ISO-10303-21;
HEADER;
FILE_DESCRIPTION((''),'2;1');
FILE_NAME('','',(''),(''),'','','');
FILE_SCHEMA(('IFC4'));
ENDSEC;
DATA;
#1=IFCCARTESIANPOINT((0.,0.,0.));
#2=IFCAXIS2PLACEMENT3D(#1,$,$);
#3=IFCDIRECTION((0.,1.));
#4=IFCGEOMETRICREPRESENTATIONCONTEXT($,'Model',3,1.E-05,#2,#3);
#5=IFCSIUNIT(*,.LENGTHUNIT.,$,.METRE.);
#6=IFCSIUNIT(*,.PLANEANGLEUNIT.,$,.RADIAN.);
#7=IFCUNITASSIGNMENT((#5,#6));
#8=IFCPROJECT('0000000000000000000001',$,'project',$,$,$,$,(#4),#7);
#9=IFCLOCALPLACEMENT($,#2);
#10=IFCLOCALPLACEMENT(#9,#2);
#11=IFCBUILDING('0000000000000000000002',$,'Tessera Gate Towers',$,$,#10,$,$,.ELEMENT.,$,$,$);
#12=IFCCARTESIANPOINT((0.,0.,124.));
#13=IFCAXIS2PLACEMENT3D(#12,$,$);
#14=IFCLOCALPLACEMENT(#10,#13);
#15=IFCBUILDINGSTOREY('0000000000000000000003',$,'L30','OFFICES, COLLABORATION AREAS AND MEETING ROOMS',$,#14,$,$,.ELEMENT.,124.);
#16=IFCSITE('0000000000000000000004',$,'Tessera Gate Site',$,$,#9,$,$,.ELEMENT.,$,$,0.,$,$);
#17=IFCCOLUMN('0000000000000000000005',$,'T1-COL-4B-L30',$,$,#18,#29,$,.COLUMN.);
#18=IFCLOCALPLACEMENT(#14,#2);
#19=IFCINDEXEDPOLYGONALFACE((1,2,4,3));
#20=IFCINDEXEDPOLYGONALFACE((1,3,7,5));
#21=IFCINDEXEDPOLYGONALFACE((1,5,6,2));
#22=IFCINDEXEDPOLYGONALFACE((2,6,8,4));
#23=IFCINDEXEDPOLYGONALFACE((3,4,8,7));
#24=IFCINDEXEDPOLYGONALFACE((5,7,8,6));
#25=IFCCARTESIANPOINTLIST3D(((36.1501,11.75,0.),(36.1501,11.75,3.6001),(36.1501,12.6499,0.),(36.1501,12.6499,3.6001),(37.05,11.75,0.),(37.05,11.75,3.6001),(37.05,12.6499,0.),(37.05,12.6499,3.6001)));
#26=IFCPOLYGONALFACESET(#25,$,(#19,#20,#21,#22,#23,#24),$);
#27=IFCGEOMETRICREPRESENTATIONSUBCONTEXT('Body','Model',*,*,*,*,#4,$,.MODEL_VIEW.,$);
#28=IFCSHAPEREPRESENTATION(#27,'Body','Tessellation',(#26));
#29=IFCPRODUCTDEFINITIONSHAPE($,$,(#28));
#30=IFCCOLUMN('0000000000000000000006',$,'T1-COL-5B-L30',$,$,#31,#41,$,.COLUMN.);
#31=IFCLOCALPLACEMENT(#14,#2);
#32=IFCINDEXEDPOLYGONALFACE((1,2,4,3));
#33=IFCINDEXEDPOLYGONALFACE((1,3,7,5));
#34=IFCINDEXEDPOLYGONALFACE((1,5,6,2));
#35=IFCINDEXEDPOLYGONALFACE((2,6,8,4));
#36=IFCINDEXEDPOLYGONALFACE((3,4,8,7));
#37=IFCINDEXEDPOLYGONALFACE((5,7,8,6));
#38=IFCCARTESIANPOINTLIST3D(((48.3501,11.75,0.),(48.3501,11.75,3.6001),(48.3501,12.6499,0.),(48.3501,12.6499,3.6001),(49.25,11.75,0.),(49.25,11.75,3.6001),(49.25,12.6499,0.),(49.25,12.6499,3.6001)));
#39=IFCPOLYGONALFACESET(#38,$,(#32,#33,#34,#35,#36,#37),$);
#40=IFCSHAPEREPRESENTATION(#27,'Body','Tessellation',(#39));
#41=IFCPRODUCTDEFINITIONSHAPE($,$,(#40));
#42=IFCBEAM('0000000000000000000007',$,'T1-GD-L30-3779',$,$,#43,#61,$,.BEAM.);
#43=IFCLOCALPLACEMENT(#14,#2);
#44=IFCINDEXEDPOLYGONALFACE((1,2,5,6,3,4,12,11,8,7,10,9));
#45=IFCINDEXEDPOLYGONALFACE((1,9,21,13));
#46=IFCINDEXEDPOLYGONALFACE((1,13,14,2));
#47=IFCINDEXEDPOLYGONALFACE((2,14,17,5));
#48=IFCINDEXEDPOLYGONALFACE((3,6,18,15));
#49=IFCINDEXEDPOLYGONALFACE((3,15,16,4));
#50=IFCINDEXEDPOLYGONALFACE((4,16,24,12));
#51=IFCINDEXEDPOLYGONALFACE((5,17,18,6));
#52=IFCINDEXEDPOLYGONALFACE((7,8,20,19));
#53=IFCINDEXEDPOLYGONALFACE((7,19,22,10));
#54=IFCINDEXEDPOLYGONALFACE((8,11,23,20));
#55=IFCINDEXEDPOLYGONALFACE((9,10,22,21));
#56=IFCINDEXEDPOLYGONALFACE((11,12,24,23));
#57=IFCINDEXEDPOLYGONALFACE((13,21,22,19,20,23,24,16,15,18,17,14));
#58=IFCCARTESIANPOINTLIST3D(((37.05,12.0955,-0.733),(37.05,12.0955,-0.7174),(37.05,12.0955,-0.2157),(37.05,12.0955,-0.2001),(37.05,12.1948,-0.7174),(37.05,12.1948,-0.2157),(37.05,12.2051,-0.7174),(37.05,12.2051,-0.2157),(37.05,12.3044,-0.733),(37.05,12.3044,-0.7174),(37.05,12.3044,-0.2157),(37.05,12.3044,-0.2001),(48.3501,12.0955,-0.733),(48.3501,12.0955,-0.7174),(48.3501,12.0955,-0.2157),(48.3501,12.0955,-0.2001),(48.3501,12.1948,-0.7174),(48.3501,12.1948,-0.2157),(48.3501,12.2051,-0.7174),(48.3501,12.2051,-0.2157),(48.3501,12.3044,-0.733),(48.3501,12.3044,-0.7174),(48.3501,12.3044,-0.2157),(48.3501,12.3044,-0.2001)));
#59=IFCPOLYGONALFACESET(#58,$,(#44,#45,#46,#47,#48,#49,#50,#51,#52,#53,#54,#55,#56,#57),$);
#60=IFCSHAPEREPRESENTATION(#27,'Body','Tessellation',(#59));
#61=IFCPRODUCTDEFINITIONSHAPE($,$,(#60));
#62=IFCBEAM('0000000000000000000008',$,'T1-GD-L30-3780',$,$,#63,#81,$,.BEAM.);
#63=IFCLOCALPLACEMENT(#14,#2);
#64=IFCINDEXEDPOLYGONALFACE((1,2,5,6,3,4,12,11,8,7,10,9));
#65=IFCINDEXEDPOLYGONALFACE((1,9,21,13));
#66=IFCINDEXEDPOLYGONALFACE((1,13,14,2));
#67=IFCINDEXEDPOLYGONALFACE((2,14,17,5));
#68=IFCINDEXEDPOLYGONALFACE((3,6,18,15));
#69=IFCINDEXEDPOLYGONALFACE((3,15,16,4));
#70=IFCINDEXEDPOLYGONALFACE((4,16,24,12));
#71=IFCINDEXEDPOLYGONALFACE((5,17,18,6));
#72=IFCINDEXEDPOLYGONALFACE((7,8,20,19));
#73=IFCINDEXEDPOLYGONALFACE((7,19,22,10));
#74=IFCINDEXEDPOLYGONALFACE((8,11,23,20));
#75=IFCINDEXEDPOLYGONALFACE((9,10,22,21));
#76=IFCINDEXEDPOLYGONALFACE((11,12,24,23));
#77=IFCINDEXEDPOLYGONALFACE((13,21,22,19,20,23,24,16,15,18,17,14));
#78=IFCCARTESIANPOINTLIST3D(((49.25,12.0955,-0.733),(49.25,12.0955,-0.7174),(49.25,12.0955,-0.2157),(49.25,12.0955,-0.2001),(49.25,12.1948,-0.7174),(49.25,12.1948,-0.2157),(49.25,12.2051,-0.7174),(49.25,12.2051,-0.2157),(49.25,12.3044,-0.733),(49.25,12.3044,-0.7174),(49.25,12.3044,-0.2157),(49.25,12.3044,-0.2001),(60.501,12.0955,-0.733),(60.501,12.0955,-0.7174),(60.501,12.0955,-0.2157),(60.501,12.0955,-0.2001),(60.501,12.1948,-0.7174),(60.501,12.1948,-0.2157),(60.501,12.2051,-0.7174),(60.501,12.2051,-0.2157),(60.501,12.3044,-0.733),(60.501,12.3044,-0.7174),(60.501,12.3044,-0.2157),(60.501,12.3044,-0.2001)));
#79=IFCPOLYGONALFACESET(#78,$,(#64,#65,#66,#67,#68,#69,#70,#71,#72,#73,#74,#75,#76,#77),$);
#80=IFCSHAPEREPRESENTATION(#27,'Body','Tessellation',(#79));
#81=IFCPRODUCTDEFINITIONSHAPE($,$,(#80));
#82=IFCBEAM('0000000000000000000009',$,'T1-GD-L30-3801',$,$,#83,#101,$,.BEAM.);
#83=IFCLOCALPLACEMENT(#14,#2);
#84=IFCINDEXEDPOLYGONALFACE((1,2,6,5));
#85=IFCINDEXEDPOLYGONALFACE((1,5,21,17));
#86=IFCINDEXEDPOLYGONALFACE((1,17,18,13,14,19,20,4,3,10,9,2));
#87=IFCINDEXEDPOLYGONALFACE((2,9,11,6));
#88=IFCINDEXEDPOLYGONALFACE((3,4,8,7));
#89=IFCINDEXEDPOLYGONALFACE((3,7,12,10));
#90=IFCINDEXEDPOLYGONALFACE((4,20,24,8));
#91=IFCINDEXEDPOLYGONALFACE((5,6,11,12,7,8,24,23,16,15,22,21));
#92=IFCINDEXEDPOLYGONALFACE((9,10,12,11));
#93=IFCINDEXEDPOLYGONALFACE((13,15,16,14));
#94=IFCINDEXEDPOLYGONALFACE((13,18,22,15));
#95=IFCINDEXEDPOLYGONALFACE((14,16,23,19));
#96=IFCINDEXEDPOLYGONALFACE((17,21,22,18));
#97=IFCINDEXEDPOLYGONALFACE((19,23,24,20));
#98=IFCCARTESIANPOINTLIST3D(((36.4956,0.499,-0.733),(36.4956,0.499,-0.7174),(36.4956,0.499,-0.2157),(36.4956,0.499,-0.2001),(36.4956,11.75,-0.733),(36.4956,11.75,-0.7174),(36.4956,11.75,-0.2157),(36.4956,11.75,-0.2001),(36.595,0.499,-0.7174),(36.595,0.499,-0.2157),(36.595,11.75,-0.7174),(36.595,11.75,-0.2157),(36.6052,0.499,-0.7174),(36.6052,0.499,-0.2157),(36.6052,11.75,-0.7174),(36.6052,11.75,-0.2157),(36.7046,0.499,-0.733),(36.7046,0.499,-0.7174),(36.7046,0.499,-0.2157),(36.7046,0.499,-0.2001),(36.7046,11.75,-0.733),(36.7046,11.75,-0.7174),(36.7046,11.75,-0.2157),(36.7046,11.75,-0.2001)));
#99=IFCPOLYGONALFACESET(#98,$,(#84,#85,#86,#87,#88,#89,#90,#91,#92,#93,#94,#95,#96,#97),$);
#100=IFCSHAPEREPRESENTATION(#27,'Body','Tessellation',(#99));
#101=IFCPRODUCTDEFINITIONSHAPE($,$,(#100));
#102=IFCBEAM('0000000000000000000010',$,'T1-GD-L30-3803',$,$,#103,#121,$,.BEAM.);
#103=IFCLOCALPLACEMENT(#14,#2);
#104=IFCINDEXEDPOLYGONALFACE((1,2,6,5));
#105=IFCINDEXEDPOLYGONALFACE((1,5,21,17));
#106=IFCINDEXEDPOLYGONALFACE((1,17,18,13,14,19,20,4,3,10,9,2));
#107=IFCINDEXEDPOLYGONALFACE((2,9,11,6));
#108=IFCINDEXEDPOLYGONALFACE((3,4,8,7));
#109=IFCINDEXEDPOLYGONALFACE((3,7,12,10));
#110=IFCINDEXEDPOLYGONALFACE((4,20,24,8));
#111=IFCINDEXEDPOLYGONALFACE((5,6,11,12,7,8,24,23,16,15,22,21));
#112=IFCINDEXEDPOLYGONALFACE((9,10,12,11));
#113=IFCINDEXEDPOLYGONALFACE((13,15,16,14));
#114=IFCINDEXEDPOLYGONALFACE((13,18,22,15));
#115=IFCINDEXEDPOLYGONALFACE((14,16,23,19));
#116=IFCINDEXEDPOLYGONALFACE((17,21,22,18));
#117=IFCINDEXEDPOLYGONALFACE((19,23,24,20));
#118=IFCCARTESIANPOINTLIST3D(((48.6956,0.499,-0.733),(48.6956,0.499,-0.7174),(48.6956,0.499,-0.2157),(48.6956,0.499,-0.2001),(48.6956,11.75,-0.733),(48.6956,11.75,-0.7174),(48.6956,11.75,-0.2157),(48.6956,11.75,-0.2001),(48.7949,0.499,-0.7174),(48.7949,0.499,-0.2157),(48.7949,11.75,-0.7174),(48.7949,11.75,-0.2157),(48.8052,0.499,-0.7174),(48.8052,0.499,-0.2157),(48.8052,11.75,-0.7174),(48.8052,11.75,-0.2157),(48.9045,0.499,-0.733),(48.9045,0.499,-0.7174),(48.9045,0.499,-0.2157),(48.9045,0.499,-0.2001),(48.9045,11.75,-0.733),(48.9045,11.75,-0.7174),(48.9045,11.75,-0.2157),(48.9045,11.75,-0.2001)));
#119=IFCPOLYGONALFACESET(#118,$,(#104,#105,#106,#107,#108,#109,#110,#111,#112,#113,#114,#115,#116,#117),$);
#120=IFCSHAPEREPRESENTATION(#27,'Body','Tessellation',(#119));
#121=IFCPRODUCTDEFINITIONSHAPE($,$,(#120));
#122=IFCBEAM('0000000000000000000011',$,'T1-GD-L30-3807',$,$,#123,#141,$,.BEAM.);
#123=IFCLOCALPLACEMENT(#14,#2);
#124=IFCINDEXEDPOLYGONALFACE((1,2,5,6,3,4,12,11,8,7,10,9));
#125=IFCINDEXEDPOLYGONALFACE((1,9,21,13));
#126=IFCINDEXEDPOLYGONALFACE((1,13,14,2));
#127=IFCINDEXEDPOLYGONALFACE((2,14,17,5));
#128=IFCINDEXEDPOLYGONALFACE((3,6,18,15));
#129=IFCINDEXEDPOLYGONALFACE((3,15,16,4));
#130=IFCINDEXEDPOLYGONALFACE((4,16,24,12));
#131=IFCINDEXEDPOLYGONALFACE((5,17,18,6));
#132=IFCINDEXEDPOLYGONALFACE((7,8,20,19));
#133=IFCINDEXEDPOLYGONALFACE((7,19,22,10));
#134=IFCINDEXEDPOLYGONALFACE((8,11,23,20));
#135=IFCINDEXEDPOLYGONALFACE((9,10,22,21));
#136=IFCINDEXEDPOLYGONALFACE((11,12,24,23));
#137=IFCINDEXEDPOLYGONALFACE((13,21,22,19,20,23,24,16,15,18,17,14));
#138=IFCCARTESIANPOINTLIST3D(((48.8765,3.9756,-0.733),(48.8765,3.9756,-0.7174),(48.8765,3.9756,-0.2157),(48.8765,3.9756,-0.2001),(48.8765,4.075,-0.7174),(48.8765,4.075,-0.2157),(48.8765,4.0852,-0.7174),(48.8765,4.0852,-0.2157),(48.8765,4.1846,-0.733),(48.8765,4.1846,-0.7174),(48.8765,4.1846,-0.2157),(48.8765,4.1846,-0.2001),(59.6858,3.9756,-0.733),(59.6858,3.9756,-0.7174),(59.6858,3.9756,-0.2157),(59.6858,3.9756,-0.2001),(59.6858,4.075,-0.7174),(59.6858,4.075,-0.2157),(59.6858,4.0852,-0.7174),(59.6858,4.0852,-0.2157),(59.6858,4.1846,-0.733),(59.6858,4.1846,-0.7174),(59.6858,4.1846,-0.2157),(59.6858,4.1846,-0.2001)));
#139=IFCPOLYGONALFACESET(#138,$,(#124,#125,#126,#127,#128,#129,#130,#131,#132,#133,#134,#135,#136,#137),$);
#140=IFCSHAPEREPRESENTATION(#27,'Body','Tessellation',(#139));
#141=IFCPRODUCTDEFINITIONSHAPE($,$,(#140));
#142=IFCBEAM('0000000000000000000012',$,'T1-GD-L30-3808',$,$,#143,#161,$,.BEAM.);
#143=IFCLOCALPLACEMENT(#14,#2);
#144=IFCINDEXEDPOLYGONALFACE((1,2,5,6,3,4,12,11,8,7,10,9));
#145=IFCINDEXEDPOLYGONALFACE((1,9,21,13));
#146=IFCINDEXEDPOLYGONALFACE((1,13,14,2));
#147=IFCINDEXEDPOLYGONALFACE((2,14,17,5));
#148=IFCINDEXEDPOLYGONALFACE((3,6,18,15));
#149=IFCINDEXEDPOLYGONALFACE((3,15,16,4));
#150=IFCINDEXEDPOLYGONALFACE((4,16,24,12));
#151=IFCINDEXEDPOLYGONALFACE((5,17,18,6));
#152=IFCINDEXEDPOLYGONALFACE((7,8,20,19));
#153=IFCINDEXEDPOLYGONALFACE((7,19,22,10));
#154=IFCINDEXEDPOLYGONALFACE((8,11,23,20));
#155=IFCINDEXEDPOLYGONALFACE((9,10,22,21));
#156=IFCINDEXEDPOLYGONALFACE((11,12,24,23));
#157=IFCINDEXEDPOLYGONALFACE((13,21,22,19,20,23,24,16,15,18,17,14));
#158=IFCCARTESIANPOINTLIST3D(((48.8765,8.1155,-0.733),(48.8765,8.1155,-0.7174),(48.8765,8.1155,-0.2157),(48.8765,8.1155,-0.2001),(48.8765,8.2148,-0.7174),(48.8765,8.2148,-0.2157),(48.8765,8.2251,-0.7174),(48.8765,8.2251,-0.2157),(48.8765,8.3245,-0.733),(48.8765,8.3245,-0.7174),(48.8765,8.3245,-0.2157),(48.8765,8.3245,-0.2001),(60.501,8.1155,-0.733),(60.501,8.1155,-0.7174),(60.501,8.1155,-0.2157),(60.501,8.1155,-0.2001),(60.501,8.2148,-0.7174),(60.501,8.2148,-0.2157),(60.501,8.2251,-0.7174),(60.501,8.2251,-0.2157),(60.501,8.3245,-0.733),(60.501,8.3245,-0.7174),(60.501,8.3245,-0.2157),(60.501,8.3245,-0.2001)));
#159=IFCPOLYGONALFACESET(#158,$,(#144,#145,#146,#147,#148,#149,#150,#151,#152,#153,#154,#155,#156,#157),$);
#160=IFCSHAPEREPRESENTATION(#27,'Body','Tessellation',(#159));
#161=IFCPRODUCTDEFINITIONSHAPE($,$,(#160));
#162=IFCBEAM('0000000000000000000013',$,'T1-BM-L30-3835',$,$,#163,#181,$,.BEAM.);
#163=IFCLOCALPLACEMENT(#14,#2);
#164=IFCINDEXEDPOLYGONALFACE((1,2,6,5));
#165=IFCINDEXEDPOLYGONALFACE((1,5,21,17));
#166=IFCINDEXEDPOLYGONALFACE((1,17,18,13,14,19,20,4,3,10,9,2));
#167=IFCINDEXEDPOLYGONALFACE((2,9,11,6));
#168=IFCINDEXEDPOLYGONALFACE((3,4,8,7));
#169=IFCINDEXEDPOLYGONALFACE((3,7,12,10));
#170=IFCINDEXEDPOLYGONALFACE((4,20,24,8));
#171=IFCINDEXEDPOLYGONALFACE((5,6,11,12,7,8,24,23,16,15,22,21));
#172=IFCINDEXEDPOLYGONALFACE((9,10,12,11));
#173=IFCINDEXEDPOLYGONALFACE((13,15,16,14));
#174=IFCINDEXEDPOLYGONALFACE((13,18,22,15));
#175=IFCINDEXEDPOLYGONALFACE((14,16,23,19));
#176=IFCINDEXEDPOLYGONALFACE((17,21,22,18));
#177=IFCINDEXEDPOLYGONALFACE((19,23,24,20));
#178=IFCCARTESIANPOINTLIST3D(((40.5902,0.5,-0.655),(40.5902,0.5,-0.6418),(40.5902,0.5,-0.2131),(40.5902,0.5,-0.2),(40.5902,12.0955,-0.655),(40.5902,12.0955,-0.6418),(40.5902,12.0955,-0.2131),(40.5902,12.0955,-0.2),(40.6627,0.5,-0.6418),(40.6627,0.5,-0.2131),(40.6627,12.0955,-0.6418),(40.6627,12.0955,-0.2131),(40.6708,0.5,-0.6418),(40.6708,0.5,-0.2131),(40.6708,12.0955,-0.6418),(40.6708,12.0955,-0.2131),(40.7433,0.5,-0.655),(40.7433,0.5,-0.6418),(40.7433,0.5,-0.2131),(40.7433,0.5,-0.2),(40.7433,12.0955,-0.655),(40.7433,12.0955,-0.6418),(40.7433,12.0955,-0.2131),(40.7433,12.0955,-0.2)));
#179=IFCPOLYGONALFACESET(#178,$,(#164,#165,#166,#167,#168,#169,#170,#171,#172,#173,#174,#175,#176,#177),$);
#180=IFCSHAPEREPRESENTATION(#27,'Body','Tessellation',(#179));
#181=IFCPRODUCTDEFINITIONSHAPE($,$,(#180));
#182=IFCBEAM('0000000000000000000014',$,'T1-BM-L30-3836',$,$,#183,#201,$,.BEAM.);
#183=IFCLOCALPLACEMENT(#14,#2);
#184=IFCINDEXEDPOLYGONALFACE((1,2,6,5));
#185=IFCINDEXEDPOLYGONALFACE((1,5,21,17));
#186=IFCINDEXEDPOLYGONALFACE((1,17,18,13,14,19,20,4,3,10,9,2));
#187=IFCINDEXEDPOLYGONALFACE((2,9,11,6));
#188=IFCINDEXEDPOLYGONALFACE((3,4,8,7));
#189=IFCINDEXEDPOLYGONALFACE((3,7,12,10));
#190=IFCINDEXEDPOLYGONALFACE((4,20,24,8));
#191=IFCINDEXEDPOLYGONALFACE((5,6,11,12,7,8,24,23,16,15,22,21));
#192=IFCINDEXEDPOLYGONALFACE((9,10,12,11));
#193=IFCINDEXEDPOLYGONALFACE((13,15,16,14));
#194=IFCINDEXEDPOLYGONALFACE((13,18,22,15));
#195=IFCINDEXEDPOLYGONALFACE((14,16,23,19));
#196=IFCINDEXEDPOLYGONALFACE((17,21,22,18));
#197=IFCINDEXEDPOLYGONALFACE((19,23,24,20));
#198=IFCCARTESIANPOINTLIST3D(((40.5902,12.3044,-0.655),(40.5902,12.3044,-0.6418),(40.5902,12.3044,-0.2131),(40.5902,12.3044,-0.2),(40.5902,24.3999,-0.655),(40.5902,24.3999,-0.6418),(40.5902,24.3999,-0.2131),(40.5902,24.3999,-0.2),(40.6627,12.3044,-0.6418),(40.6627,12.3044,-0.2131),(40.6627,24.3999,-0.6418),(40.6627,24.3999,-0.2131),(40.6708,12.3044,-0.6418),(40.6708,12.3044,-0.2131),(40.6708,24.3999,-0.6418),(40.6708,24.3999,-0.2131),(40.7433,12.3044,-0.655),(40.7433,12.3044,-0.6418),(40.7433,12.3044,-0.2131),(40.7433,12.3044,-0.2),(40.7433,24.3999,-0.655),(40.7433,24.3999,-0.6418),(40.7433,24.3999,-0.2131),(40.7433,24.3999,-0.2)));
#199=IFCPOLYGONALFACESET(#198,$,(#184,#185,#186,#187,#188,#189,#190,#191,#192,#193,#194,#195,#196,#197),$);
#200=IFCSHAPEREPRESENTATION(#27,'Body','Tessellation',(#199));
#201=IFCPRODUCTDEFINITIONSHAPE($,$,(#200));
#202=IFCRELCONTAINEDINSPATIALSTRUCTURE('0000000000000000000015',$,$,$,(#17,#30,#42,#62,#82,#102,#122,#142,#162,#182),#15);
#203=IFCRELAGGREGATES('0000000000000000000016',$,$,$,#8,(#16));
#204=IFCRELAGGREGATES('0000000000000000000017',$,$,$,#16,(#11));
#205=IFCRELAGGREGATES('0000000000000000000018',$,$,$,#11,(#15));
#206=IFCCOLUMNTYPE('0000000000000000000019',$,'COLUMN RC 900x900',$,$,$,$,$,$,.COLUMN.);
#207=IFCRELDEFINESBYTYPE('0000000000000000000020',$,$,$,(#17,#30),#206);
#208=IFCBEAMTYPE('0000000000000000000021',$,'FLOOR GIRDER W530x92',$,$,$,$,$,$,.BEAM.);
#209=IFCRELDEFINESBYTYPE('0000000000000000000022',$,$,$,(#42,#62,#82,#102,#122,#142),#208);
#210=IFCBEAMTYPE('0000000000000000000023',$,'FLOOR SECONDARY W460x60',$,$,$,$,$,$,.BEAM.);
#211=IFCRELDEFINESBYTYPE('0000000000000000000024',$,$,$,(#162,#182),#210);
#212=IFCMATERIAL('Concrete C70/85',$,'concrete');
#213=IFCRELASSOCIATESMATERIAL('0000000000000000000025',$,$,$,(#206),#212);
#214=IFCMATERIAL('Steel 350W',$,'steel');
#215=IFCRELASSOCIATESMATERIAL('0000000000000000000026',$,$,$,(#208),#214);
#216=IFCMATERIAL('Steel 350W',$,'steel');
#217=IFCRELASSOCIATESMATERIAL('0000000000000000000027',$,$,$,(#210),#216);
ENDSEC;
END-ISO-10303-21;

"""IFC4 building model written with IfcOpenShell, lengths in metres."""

from ifc_helpers import new_model, si_unit, direction, frame, origin, origin_2d, place, context, subcontext, project, spatial, rectangle, i_section, extrude, material, material_profile, profile_set, type_object, element, save


model = new_model("IFC4")

# Units and contexts
model_context = context("Model", 3, precision=1e-05, world=origin(), true_north=direction((0.0, 1.0)))
body_context = subcontext(model_context, "Body", "Model", "MODEL_VIEW")
ifc_project = project(units=[si_unit("LENGTHUNIT", "METRE"), si_unit("PLANEANGLEUNIT", "RADIAN")], contexts=[model_context])

# Site, building, storey
site_placement = place(None, origin())
site = spatial("IfcSite", under=ifc_project, at=site_placement, Name="Tessera Gate Site", CompositionType="ELEMENT", RefElevation=0.0)
building_placement = place(site_placement, origin())
building = spatial("IfcBuilding", under=site, at=building_placement, Name="Tessera Gate Towers", CompositionType="ELEMENT")
storey_placement = place(building_placement, frame((0.0, 0.0, 124.0)))
storey = spatial("IfcBuildingStorey", under=building, at=storey_placement, Name="L30", Description="OFFICES, COLLABORATION AREAS AND MEETING ROOMS", CompositionType="ELEMENT", Elevation=124.0)

# Columns
ifc_material_1 = material(Name="Concrete C70/85", Category="concrete")
ifc_material_profile_1 = material_profile(ifc_material_1, rectangle(XDim=0.8999, YDim=0.8999, at=origin_2d()), Name="RC 900x900")
ifc_profile_set_1 = profile_set([ifc_material_profile_1], Name="Concrete C70/85")
column_type = type_object("IfcColumnType", Name="COLUMN RC 900x900", PredefinedType="COLUMN", material=ifc_profile_set_1)
for number, where, z_axis, x_axis, name in (
    (1, (36.6001, 12.2, 0.0), (0.0, 0.0, 1.0), (1.0, 0.0, 0.0), "T1-COL-4B-L30"),
    (2, (48.8, 12.2, 0.0), (0.0, 0.0, 1.0), (1.0, 0.0, 0.0), "T1-COL-5B-L30"),
):
    element("IfcColumn", number, at=place(storey_placement, frame(where, z_axis=z_axis, x_axis=x_axis)), inside=storey, type_object=column_type, Name=name, PredefinedType="COLUMN", context=body_context, shape_type="SweptSolid", body=[
        extrude(rectangle(XDim=0.8999, YDim=0.8999, at=origin_2d()), origin(), (0.0, 0.0, 1.0), 3.6001),
    ])

# Beams
ifc_material_2 = material(Name="Steel 350W", Category="steel")
ifc_material_profile_2 = material_profile(ifc_material_2, i_section(OverallWidth=0.209, OverallDepth=0.533, WebThickness=0.0103, FlangeThickness=0.0156, at=origin_2d()), Name="W530x92")
ifc_profile_set_2 = profile_set([ifc_material_profile_2], Name="Steel 350W")
beam_type_1 = type_object("IfcBeamType", Name="FLOOR GIRDER W530x92", PredefinedType="BEAM", material=ifc_profile_set_2)
beam_1_placement = place(storey_placement, frame((37.05, 12.2, -0.4666), z_axis=(1.0, 0.0, 0.0), x_axis=(0.0, 1.0, 0.0)))
element("IfcBeam", 3, at=beam_1_placement, inside=storey, type_object=beam_type_1, Name="T1-GD-L30-3779", PredefinedType="BEAM", context=body_context, shape_type="SweptSolid", body=[
    extrude(i_section(OverallWidth=0.209, OverallDepth=0.533, WebThickness=0.0103, FlangeThickness=0.0156, at=origin_2d()), origin(), (0.0, 0.0, 1.0), 11.3),
])
for number, where, z_axis, x_axis, name in (
    (4, (49.25, 12.2, -0.4666), (1.0, 0.0, 0.0), (0.0, 1.0, 0.0), "T1-GD-L30-3780"),
    (5, (36.6001, 0.499, -0.4666), (0.0, 1.0, 0.0), (-1.0, 0.0, 0.0), "T1-GD-L30-3801"),
    (6, (48.8, 0.499, -0.4666), (0.0, 1.0, 0.0), (-1.0, 0.0, 0.0), "T1-GD-L30-3803"),
):
    element("IfcBeam", number, at=place(storey_placement, frame(where, z_axis=z_axis, x_axis=x_axis)), inside=storey, type_object=beam_type_1, Name=name, PredefinedType="BEAM", context=body_context, shape_type="SweptSolid", body=[
        extrude(i_section(OverallWidth=0.209, OverallDepth=0.533, WebThickness=0.0103, FlangeThickness=0.0156, at=origin_2d()), origin(), (0.0, 0.0, 1.0), 11.251),
    ])
beam_2_placement = place(storey_placement, frame((48.8765, 4.0801, -0.4666), z_axis=(1.0, 0.0, 0.0), x_axis=(0.0, 1.0, 0.0)))
element("IfcBeam", 7, at=beam_2_placement, inside=storey, type_object=beam_type_1, Name="T1-GD-L30-3807", PredefinedType="BEAM", context=body_context, shape_type="SweptSolid", body=[
    extrude(i_section(OverallWidth=0.209, OverallDepth=0.533, WebThickness=0.0103, FlangeThickness=0.0156, at=origin_2d()), origin(), (0.0, 0.0, 1.0), 10.8093),
])
beam_3_placement = place(storey_placement, frame((48.8765, 8.22, -0.4666), z_axis=(1.0, 0.0, 0.0), x_axis=(0.0, 1.0, 0.0)))
element("IfcBeam", 8, at=beam_3_placement, inside=storey, type_object=beam_type_1, Name="T1-GD-L30-3808", PredefinedType="BEAM", context=body_context, shape_type="SweptSolid", body=[
    extrude(i_section(OverallWidth=0.209, OverallDepth=0.533, WebThickness=0.0103, FlangeThickness=0.0156, at=origin_2d()), origin(), (0.0, 0.0, 1.0), 11.6245),
])
ifc_material_3 = material(Name="Steel 350W", Category="steel")
ifc_material_profile_3 = material_profile(ifc_material_3, i_section(OverallWidth=0.1531, OverallDepth=0.4551, WebThickness=0.0081, FlangeThickness=0.0132, at=origin_2d()), Name="W460x60")
ifc_profile_set_3 = profile_set([ifc_material_profile_3], Name="Steel 350W")
beam_type_2 = type_object("IfcBeamType", Name="FLOOR SECONDARY W460x60", PredefinedType="BEAM", material=ifc_profile_set_3)
beam_4_placement = place(storey_placement, frame((40.6667, 0.5, -0.4275), z_axis=(0.0, 1.0, 0.0), x_axis=(-1.0, 0.0, 0.0)))
element("IfcBeam", 9, at=beam_4_placement, inside=storey, type_object=beam_type_2, Name="T1-BM-L30-3835", PredefinedType="BEAM", context=body_context, shape_type="SweptSolid", body=[
    extrude(i_section(OverallWidth=0.1531, OverallDepth=0.4551, WebThickness=0.0081, FlangeThickness=0.0132, at=origin_2d()), origin(), (0.0, 0.0, 1.0), 11.5955),
])
beam_5_placement = place(storey_placement, frame((40.6667, 12.3044, -0.4275), z_axis=(0.0, 1.0, 0.0), x_axis=(-1.0, 0.0, 0.0)))
element("IfcBeam", 10, at=beam_5_placement, inside=storey, type_object=beam_type_2, Name="T1-BM-L30-3836", PredefinedType="BEAM", context=body_context, shape_type="SweptSolid", body=[
    extrude(i_section(OverallWidth=0.1531, OverallDepth=0.4551, WebThickness=0.0081, FlangeThickness=0.0132, at=origin_2d()), origin(), (0.0, 0.0, 1.0), 12.0955),
])

save(model, "model.ifc")
